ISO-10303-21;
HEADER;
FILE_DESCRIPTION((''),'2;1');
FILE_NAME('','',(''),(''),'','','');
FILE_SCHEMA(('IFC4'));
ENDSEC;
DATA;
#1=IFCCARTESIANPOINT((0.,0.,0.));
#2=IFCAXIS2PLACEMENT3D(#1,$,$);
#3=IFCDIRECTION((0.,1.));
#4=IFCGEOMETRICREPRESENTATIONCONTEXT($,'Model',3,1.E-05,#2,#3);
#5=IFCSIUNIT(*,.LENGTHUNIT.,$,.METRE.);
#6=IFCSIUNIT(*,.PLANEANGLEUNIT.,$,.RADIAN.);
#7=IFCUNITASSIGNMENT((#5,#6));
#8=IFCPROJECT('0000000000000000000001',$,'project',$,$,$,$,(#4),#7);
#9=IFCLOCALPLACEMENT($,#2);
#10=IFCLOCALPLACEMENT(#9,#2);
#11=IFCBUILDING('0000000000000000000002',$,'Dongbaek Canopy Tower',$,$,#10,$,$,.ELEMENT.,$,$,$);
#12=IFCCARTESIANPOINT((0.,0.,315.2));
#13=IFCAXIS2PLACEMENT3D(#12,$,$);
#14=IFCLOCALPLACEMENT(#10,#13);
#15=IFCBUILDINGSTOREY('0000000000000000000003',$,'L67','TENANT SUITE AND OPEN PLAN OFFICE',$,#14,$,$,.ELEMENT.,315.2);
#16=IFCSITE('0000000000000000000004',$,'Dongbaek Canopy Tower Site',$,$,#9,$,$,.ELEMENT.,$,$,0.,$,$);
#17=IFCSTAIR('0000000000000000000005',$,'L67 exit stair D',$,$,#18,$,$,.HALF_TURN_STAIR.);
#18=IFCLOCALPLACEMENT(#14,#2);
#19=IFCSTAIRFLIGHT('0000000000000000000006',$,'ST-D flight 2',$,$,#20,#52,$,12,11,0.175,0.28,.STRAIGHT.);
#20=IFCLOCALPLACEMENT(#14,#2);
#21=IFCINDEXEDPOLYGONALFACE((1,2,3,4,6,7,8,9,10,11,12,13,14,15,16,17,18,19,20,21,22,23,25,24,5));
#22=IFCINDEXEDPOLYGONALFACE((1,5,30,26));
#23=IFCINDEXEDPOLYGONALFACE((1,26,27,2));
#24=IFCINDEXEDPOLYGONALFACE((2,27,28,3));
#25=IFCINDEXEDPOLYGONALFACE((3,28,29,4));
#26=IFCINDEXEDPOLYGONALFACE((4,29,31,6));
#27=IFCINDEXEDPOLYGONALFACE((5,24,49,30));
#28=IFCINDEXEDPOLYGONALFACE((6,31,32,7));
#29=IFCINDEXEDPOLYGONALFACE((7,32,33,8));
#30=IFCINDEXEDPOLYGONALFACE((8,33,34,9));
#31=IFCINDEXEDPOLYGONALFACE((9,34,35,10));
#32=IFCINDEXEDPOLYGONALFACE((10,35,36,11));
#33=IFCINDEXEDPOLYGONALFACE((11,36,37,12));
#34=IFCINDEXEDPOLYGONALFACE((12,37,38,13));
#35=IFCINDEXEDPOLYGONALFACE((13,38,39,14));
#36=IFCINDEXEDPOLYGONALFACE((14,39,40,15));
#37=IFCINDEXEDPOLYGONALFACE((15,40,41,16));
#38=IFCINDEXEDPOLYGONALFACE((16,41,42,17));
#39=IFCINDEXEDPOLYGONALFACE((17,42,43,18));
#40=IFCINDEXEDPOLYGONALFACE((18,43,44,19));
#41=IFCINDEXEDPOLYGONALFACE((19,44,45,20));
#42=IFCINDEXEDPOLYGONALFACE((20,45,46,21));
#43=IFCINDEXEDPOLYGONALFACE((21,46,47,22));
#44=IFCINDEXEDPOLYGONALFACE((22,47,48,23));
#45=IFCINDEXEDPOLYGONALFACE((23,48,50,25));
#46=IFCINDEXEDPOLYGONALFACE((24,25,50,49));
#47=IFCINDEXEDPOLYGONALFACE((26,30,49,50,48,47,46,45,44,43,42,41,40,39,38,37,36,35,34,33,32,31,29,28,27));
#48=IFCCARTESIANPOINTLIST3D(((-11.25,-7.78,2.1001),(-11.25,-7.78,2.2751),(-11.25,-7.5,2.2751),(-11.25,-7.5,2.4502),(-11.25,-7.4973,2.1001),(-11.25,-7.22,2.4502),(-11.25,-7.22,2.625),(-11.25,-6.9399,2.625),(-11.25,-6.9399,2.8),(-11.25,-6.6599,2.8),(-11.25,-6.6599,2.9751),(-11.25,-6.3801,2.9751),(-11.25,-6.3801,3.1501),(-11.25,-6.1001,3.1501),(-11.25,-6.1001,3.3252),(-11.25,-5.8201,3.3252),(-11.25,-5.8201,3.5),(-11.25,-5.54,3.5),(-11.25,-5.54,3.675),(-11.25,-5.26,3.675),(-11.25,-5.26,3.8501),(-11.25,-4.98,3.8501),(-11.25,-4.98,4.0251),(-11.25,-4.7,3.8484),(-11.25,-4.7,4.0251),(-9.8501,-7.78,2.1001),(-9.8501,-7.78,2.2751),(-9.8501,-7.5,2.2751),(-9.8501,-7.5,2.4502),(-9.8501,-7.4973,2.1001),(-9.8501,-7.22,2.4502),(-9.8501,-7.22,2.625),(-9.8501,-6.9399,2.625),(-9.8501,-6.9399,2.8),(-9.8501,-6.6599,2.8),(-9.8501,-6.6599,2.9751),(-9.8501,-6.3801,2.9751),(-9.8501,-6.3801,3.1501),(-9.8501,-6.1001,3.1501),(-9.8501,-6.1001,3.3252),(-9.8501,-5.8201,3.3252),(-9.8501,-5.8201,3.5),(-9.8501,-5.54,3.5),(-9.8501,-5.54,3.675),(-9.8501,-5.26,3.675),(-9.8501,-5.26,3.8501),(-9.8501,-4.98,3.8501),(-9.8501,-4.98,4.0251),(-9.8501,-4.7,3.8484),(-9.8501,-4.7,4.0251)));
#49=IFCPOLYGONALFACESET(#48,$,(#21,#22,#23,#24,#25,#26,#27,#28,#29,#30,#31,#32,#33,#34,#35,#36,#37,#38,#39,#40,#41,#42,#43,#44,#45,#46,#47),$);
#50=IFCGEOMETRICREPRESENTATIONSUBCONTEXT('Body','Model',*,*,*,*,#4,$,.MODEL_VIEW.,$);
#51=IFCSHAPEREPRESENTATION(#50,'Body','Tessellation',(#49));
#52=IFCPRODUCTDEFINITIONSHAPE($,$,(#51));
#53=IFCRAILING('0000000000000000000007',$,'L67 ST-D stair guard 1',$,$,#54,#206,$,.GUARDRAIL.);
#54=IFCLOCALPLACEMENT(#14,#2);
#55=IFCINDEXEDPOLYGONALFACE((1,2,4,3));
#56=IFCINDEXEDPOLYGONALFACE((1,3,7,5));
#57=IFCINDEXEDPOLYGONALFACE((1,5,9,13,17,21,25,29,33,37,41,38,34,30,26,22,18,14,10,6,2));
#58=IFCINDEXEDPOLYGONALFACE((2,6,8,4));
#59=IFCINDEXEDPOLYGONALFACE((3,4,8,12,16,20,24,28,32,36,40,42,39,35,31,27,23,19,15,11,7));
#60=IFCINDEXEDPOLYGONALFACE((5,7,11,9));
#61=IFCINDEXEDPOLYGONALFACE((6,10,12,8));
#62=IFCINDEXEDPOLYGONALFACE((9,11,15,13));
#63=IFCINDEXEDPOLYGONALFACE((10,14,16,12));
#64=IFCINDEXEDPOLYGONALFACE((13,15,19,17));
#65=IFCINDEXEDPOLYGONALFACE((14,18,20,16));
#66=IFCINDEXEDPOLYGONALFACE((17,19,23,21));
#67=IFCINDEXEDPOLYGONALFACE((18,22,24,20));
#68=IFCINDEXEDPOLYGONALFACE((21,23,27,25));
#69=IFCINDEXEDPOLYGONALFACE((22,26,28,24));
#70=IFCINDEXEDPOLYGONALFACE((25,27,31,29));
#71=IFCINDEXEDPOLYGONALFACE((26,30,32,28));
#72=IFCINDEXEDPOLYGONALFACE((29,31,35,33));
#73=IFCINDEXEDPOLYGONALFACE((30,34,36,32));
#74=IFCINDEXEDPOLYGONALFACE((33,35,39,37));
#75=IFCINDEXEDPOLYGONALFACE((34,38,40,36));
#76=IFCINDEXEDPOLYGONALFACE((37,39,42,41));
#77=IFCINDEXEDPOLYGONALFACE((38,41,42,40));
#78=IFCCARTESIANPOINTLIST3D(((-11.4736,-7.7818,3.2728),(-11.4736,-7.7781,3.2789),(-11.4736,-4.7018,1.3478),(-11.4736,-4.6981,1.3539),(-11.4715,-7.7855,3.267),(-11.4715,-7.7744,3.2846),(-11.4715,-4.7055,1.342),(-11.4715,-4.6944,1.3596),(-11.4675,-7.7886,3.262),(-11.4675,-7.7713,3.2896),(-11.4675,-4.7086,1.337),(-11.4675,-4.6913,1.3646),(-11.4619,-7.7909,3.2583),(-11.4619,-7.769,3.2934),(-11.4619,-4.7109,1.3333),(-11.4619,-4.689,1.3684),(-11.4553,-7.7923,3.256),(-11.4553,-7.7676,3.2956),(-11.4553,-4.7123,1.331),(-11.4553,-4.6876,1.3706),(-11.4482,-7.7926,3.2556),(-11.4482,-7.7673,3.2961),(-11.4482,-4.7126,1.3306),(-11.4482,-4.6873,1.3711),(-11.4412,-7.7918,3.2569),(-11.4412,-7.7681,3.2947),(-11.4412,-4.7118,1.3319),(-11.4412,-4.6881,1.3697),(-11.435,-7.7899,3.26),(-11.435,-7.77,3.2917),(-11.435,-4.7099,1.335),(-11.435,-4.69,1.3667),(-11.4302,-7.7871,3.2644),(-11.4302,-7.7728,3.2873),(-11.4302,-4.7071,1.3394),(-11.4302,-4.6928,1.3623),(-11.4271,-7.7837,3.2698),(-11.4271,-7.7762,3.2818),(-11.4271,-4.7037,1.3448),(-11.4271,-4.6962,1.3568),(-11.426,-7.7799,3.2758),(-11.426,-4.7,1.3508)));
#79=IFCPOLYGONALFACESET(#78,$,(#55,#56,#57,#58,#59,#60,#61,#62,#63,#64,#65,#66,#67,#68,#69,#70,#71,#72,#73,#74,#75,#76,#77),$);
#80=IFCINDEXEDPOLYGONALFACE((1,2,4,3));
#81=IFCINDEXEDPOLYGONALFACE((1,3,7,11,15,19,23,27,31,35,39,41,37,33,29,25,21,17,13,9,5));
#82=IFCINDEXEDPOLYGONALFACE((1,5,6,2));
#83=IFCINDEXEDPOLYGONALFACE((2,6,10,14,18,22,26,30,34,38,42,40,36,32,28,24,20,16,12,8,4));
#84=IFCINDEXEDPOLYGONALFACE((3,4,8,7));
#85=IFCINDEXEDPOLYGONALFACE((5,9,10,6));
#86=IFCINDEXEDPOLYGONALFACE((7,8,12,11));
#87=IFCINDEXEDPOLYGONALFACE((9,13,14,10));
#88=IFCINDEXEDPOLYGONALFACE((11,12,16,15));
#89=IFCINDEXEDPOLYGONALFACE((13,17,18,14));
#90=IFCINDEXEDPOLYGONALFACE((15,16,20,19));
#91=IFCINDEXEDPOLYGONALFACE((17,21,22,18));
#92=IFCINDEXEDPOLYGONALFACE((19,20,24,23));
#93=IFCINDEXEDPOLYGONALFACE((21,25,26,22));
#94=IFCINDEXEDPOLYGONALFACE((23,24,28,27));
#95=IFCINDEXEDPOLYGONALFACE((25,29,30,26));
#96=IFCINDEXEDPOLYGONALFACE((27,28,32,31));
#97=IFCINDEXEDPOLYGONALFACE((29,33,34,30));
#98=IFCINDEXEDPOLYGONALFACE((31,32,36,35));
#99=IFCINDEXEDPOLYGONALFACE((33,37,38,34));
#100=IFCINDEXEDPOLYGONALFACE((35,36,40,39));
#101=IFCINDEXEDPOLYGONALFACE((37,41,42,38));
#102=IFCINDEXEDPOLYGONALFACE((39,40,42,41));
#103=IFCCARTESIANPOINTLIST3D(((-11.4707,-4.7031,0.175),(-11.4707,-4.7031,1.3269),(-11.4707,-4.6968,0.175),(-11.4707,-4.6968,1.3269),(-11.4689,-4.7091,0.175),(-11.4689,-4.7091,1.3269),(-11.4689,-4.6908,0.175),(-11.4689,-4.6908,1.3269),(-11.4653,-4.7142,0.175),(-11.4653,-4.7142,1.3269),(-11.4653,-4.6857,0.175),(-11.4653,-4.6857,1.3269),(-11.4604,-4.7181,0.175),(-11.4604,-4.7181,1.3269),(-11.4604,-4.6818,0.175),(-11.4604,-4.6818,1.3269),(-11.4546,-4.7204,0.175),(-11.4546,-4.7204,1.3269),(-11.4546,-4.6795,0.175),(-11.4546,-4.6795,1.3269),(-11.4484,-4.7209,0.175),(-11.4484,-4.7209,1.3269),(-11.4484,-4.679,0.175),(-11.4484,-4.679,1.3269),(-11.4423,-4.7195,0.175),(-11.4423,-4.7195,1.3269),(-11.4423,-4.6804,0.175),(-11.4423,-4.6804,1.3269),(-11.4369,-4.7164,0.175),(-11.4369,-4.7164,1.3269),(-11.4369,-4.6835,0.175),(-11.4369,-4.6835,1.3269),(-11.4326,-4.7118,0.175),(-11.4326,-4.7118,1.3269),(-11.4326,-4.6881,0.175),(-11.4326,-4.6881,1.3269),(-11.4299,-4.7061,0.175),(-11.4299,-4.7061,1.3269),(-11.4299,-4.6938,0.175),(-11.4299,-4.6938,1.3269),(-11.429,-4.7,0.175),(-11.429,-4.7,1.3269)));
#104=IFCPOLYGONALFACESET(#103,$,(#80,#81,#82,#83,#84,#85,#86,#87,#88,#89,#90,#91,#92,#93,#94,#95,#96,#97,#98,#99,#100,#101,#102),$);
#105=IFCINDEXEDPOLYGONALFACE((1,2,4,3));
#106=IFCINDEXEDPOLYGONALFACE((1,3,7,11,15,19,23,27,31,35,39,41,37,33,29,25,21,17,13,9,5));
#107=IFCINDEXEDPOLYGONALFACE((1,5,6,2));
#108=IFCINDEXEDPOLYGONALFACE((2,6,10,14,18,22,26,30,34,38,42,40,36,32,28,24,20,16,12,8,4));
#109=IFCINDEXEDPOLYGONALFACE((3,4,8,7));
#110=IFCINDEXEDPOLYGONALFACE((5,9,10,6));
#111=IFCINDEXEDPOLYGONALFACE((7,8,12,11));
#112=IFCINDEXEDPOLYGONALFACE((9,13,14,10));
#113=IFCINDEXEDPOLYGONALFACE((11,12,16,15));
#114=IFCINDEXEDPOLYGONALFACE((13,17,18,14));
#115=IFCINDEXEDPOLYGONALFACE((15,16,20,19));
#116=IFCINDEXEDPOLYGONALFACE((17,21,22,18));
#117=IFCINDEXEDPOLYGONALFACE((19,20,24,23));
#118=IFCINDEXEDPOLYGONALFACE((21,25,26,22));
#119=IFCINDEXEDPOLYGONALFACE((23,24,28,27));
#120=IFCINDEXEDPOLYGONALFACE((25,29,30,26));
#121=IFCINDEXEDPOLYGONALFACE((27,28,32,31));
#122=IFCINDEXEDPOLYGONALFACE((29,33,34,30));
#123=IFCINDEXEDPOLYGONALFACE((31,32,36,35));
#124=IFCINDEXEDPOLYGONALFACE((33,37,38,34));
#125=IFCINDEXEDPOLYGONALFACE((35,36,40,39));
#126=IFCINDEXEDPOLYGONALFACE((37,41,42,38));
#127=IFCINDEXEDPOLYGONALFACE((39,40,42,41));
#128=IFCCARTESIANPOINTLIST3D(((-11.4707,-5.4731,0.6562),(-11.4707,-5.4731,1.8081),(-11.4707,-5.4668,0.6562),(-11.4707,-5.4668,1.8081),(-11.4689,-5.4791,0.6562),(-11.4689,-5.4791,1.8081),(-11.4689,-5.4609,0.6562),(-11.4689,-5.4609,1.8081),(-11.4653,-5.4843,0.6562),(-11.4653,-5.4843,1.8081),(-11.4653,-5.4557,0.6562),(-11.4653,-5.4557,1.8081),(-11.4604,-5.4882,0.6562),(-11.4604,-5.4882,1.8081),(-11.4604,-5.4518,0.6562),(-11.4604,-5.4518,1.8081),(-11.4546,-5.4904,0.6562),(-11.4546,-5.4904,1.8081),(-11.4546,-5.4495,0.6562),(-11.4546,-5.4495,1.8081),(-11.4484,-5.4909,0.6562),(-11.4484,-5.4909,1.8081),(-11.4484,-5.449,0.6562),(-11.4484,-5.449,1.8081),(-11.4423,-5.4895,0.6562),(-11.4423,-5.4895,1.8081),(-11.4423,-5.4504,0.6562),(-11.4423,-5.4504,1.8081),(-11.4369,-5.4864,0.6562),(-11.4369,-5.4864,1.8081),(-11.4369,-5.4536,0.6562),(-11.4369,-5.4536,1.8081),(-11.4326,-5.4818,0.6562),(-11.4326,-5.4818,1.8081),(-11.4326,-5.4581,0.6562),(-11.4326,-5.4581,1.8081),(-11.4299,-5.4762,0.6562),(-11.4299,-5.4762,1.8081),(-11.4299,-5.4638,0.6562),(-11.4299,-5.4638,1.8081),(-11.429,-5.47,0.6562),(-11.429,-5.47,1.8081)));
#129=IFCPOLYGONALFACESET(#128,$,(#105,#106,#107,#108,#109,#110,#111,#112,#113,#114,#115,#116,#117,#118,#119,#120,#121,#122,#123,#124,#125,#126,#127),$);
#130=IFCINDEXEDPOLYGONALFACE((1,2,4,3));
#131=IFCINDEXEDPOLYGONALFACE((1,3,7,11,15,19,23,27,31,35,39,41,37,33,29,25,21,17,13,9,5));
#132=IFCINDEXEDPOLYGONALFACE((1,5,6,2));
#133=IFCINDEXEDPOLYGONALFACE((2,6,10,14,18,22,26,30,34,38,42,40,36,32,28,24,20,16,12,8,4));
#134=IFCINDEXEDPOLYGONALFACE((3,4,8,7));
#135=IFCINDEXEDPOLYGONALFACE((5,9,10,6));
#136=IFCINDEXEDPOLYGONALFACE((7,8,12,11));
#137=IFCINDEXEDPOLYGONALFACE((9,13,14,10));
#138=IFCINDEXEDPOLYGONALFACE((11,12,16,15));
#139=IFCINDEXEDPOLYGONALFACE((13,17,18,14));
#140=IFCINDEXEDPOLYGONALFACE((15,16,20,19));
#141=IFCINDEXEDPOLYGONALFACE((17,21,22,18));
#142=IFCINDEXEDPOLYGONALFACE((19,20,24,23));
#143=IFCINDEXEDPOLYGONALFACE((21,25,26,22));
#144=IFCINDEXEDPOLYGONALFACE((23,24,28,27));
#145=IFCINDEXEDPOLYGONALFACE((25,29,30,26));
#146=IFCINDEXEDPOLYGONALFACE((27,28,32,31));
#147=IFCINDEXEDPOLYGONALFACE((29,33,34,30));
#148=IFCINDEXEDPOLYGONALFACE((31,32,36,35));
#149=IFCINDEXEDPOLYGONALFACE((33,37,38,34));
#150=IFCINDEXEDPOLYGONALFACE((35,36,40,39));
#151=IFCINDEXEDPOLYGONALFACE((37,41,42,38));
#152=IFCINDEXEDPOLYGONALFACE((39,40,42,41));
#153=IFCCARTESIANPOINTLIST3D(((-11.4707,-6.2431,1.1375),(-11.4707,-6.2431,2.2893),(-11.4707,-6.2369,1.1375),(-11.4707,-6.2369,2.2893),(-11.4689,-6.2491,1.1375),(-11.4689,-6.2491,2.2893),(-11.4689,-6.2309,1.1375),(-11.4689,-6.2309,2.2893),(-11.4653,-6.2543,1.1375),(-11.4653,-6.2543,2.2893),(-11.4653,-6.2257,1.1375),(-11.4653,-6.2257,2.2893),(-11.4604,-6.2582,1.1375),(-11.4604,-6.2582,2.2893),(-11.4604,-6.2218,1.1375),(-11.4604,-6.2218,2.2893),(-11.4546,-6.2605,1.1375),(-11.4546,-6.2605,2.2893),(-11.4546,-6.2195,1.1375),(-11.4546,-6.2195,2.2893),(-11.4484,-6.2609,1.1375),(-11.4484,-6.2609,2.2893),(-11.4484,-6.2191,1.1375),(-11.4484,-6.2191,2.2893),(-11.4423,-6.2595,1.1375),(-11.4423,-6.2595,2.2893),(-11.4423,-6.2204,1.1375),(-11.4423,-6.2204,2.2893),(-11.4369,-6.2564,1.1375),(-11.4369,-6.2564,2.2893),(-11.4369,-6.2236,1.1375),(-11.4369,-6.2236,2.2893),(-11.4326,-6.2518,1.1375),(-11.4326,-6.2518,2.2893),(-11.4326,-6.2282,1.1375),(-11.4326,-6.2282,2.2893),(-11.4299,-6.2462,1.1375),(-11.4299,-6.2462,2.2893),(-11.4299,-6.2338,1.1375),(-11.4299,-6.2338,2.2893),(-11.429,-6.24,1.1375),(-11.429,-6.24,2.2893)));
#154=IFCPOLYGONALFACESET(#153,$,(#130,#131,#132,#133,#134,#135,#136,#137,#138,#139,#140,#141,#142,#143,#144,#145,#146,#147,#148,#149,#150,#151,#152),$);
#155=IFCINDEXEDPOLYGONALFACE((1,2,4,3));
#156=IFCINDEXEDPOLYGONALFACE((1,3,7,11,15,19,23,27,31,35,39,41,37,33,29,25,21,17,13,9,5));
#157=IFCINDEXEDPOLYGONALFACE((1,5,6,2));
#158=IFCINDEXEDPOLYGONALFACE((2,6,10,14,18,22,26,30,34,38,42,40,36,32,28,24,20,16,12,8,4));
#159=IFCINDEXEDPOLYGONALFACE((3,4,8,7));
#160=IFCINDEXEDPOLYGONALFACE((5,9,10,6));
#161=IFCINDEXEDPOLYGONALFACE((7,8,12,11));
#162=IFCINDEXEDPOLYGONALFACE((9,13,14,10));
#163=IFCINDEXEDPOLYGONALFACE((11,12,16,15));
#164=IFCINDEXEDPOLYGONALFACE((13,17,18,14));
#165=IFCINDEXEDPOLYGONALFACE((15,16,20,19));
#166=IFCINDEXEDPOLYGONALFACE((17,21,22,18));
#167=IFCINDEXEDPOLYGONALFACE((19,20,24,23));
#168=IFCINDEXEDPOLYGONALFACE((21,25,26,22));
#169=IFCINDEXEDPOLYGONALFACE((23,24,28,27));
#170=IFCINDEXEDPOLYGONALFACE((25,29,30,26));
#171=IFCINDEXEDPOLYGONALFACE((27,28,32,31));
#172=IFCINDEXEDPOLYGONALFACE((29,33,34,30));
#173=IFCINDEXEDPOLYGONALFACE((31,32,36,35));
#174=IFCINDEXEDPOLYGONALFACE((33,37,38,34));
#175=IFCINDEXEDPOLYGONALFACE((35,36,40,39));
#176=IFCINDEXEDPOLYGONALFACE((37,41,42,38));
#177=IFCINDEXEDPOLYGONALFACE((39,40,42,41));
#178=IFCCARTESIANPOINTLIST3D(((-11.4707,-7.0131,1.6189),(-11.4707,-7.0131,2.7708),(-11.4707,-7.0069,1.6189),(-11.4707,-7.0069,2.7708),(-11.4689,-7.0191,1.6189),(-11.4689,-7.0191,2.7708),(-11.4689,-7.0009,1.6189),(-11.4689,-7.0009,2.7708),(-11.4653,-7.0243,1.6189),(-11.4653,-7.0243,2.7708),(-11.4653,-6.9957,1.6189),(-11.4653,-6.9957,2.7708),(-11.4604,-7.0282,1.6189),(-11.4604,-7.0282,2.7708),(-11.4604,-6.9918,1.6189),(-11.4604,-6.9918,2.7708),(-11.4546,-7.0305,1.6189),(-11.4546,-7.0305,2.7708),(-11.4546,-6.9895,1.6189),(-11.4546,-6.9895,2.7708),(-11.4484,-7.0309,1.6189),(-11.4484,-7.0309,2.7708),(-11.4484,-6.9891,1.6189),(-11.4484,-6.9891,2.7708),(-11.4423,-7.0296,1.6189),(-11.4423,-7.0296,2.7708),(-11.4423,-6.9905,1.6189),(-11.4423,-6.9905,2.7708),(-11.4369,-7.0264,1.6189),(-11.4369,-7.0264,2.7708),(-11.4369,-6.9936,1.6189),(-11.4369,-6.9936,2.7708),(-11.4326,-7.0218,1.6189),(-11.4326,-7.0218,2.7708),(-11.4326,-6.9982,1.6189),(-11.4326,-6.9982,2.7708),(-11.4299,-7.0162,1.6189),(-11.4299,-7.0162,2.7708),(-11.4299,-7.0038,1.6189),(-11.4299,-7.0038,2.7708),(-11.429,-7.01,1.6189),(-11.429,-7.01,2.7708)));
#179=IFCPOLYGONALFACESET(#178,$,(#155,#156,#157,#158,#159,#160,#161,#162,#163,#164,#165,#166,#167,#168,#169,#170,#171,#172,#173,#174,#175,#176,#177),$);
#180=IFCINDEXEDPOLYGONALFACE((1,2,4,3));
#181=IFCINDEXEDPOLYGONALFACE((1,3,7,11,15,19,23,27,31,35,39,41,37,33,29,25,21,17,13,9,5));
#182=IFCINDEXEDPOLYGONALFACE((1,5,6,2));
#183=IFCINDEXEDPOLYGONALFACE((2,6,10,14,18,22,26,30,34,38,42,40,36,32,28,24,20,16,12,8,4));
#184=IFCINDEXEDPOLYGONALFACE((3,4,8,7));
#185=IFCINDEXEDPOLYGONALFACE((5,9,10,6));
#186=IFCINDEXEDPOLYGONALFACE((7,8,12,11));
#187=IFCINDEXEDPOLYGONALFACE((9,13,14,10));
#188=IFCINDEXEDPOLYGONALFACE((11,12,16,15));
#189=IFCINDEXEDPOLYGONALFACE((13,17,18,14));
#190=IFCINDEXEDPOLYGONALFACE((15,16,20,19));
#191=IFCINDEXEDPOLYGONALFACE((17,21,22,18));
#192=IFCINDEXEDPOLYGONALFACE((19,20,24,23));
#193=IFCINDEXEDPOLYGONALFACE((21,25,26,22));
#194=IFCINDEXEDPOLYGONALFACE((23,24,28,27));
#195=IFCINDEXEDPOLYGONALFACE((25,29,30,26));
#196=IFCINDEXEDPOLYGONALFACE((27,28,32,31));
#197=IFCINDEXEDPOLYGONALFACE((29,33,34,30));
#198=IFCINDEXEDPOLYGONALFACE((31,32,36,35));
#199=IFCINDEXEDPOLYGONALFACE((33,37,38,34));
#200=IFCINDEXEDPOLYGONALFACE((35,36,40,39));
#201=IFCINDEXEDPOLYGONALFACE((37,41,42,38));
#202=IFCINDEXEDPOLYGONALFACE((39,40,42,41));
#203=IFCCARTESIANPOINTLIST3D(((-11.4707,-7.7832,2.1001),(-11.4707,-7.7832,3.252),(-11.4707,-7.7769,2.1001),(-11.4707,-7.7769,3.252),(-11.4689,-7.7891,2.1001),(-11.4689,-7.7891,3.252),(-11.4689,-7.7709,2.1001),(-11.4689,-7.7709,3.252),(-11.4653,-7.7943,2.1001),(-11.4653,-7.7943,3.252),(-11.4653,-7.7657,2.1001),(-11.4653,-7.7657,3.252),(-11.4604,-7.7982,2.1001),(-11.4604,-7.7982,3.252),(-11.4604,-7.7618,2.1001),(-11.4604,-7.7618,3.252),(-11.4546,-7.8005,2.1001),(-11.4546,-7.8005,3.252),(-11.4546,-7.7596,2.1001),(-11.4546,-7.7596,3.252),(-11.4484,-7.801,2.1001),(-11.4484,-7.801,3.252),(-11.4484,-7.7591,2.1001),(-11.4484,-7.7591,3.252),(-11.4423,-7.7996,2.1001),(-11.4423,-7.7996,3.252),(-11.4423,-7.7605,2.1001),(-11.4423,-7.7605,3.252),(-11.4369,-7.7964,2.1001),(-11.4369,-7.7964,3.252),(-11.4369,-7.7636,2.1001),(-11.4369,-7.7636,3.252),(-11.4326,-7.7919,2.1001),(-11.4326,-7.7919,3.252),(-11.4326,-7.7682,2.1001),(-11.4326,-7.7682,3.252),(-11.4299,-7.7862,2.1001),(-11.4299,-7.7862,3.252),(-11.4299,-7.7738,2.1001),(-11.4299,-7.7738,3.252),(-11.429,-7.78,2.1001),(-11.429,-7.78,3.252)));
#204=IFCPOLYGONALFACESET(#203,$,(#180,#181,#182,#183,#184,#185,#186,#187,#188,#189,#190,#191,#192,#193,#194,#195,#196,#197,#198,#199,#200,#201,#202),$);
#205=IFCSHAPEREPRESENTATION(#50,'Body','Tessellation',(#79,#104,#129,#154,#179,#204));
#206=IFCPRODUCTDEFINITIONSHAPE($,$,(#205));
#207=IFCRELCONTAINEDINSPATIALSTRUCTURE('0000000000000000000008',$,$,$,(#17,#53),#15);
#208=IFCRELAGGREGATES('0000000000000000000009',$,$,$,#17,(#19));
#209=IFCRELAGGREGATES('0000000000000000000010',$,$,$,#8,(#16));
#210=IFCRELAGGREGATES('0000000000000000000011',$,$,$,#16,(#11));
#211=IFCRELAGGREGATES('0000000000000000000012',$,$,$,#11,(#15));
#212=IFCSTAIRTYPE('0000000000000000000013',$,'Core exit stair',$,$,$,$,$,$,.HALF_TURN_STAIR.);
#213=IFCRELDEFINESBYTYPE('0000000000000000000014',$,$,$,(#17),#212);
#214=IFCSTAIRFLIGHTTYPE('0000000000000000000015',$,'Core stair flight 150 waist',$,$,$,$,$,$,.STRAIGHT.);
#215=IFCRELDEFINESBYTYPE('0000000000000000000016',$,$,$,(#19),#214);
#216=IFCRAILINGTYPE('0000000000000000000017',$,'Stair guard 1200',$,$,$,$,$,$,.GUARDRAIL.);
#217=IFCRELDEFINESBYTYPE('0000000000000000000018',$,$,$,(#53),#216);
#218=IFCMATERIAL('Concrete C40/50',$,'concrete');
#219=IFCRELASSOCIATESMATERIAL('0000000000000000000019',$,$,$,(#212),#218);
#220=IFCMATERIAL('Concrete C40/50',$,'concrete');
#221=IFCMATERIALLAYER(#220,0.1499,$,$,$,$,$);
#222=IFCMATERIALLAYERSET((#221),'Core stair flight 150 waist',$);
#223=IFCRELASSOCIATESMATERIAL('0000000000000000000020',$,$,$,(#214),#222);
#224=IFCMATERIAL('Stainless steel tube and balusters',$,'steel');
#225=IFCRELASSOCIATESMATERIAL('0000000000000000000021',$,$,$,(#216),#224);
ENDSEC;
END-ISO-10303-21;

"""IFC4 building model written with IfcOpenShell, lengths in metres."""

from ifc_helpers import new_model, si_unit, direction, frame, origin, origin_2d, place, context, subcontext, project, spatial, polyline, circle, outline, extrude, material, layer, layer_set, type_object, element, aggregate, save


model = new_model("IFC4")

# Units and contexts
model_context = context("Model", 3, precision=1e-05, world=origin(), true_north=direction((0.0, 1.0)))
body_context = subcontext(model_context, "Body", "Model", "MODEL_VIEW")
ifc_project = project(units=[si_unit("LENGTHUNIT", "METRE"), si_unit("PLANEANGLEUNIT", "RADIAN")], contexts=[model_context])

# Site, building, storey
site_placement = place(None, origin())
site = spatial("IfcSite", under=ifc_project, at=site_placement, Name="Dongbaek Canopy Tower Site", CompositionType="ELEMENT", RefElevation=0.0)
building_placement = place(site_placement, origin())
building = spatial("IfcBuilding", under=site, at=building_placement, Name="Dongbaek Canopy Tower", CompositionType="ELEMENT")
storey_placement = place(building_placement, frame((0.0, 0.0, 315.2)))
storey = spatial("IfcBuildingStorey", under=building, at=storey_placement, Name="L67", Description="TENANT SUITE AND OPEN PLAN OFFICE", CompositionType="ELEMENT", Elevation=315.2)

# Stair, stair flight
ifc_material_1 = material(Name="Concrete C40/50", Category="concrete")
stair_type = type_object("IfcStairType", Name="Core exit stair", PredefinedType="HALF_TURN_STAIR", material=ifc_material_1)
stair_placement = place(storey_placement, origin())
stair = element("IfcStair", 1, at=stair_placement, inside=storey, type_object=stair_type, Name="L67 exit stair D", PredefinedType="HALF_TURN_STAIR")
ifc_material_2 = material(Name="Concrete C40/50", Category="concrete")
ifc_layer_1 = layer(ifc_material_2, 0.1499)
ifc_layer_set_1 = layer_set([ifc_layer_1], Name="Core stair flight 150 waist")
stair_flight_type = type_object("IfcStairFlightType", Name="Core stair flight 150 waist", PredefinedType="STRAIGHT", material=ifc_layer_set_1)
stair_flight_1_placement = place(storey_placement, frame((-10.55, -7.78, 2.1001), z_axis=(0.0, 0.0, 1.0), x_axis=(0.0, 1.0, 0.0)))
stair_flight_1 = element("IfcStairFlight", 2, at=stair_flight_1_placement, type_object=stair_flight_type, Name="ST-D flight 2", NumberOfRisers=12, NumberOfTreads=11, PredefinedType="STRAIGHT", RiserHeight=0.175, TreadLength=0.28, context=body_context, shape_type="SweptSolid", body=[
    extrude(outline(polyline([(0.0, 0.0), (0.0, 0.175), (0.28, 0.175), (0.28, 0.3501), (0.5601, 0.3501), (0.5601, 0.5249), (0.8401, 0.5249), (0.8401, 0.7), (1.1201, 0.7), (1.1201, 0.875), (1.3999, 0.875), (1.3999, 1.05), (1.6799, 1.05), (1.6799, 1.2251), (1.96, 1.2251), (1.96, 1.3999), (2.24, 1.3999), (2.24, 1.575), (2.52, 1.575), (2.52, 1.75), (2.8, 1.75), (2.8, 1.925), (3.0801, 1.925), (3.0801, 2.1001), (3.0801, 1.7483), (0.2827, 0.0), (0.0, 0.0)])), frame((0.0, 0.7, 0.0), z_axis=(0.0, -1.0, 0.0), x_axis=(1.0, 0.0, 0.0)), (0.0, 0.0, 1.0), 1.3999),
])
aggregate(stair, [stair_flight_1])

# Railing
ifc_material_3 = material(Name="Stainless steel tube and balusters", Category="steel")
railing_type_1 = type_object("IfcRailingType", Name="Stair guard 1200", PredefinedType="GUARDRAIL", material=ifc_material_3)
railing_1_placement = place(storey_placement, frame((-11.45, -4.7, 0.175)))
element("IfcRailing", 3, at=railing_1_placement, inside=storey, type_object=railing_type_1, Name="L67 ST-D stair guard 1", PredefinedType="GUARDRAIL", context=body_context, shape_type="SweptSolid", body=[
    extrude(circle(Radius=0.0239, at=origin_2d()), frame((0.0, 0.0, 1.1758), z_axis=(0.0, -0.847998, 0.529999), x_axis=(1.0, 0.0, 0.0)), (0.0, 0.0, 1.0), 3.6321),
    extrude(circle(Radius=0.021, at=origin_2d()), origin(), (0.0, 0.0, 1.0), 1.1519),
    extrude(circle(Radius=0.021, at=origin_2d()), frame((0.0, -0.77, 0.4812)), (0.0, 0.0, 1.0), 1.1519),
    extrude(circle(Radius=0.021, at=origin_2d()), frame((0.0, -1.54, 0.9624)), (0.0, 0.0, 1.0), 1.1519),
    extrude(circle(Radius=0.021, at=origin_2d()), frame((0.0, -2.3101, 1.4438)), (0.0, 0.0, 1.0), 1.1519),
    extrude(circle(Radius=0.021, at=origin_2d()), frame((0.0, -3.0801, 1.925)), (0.0, 0.0, 1.0), 1.1519),
])

save(model, "model.ifc")
